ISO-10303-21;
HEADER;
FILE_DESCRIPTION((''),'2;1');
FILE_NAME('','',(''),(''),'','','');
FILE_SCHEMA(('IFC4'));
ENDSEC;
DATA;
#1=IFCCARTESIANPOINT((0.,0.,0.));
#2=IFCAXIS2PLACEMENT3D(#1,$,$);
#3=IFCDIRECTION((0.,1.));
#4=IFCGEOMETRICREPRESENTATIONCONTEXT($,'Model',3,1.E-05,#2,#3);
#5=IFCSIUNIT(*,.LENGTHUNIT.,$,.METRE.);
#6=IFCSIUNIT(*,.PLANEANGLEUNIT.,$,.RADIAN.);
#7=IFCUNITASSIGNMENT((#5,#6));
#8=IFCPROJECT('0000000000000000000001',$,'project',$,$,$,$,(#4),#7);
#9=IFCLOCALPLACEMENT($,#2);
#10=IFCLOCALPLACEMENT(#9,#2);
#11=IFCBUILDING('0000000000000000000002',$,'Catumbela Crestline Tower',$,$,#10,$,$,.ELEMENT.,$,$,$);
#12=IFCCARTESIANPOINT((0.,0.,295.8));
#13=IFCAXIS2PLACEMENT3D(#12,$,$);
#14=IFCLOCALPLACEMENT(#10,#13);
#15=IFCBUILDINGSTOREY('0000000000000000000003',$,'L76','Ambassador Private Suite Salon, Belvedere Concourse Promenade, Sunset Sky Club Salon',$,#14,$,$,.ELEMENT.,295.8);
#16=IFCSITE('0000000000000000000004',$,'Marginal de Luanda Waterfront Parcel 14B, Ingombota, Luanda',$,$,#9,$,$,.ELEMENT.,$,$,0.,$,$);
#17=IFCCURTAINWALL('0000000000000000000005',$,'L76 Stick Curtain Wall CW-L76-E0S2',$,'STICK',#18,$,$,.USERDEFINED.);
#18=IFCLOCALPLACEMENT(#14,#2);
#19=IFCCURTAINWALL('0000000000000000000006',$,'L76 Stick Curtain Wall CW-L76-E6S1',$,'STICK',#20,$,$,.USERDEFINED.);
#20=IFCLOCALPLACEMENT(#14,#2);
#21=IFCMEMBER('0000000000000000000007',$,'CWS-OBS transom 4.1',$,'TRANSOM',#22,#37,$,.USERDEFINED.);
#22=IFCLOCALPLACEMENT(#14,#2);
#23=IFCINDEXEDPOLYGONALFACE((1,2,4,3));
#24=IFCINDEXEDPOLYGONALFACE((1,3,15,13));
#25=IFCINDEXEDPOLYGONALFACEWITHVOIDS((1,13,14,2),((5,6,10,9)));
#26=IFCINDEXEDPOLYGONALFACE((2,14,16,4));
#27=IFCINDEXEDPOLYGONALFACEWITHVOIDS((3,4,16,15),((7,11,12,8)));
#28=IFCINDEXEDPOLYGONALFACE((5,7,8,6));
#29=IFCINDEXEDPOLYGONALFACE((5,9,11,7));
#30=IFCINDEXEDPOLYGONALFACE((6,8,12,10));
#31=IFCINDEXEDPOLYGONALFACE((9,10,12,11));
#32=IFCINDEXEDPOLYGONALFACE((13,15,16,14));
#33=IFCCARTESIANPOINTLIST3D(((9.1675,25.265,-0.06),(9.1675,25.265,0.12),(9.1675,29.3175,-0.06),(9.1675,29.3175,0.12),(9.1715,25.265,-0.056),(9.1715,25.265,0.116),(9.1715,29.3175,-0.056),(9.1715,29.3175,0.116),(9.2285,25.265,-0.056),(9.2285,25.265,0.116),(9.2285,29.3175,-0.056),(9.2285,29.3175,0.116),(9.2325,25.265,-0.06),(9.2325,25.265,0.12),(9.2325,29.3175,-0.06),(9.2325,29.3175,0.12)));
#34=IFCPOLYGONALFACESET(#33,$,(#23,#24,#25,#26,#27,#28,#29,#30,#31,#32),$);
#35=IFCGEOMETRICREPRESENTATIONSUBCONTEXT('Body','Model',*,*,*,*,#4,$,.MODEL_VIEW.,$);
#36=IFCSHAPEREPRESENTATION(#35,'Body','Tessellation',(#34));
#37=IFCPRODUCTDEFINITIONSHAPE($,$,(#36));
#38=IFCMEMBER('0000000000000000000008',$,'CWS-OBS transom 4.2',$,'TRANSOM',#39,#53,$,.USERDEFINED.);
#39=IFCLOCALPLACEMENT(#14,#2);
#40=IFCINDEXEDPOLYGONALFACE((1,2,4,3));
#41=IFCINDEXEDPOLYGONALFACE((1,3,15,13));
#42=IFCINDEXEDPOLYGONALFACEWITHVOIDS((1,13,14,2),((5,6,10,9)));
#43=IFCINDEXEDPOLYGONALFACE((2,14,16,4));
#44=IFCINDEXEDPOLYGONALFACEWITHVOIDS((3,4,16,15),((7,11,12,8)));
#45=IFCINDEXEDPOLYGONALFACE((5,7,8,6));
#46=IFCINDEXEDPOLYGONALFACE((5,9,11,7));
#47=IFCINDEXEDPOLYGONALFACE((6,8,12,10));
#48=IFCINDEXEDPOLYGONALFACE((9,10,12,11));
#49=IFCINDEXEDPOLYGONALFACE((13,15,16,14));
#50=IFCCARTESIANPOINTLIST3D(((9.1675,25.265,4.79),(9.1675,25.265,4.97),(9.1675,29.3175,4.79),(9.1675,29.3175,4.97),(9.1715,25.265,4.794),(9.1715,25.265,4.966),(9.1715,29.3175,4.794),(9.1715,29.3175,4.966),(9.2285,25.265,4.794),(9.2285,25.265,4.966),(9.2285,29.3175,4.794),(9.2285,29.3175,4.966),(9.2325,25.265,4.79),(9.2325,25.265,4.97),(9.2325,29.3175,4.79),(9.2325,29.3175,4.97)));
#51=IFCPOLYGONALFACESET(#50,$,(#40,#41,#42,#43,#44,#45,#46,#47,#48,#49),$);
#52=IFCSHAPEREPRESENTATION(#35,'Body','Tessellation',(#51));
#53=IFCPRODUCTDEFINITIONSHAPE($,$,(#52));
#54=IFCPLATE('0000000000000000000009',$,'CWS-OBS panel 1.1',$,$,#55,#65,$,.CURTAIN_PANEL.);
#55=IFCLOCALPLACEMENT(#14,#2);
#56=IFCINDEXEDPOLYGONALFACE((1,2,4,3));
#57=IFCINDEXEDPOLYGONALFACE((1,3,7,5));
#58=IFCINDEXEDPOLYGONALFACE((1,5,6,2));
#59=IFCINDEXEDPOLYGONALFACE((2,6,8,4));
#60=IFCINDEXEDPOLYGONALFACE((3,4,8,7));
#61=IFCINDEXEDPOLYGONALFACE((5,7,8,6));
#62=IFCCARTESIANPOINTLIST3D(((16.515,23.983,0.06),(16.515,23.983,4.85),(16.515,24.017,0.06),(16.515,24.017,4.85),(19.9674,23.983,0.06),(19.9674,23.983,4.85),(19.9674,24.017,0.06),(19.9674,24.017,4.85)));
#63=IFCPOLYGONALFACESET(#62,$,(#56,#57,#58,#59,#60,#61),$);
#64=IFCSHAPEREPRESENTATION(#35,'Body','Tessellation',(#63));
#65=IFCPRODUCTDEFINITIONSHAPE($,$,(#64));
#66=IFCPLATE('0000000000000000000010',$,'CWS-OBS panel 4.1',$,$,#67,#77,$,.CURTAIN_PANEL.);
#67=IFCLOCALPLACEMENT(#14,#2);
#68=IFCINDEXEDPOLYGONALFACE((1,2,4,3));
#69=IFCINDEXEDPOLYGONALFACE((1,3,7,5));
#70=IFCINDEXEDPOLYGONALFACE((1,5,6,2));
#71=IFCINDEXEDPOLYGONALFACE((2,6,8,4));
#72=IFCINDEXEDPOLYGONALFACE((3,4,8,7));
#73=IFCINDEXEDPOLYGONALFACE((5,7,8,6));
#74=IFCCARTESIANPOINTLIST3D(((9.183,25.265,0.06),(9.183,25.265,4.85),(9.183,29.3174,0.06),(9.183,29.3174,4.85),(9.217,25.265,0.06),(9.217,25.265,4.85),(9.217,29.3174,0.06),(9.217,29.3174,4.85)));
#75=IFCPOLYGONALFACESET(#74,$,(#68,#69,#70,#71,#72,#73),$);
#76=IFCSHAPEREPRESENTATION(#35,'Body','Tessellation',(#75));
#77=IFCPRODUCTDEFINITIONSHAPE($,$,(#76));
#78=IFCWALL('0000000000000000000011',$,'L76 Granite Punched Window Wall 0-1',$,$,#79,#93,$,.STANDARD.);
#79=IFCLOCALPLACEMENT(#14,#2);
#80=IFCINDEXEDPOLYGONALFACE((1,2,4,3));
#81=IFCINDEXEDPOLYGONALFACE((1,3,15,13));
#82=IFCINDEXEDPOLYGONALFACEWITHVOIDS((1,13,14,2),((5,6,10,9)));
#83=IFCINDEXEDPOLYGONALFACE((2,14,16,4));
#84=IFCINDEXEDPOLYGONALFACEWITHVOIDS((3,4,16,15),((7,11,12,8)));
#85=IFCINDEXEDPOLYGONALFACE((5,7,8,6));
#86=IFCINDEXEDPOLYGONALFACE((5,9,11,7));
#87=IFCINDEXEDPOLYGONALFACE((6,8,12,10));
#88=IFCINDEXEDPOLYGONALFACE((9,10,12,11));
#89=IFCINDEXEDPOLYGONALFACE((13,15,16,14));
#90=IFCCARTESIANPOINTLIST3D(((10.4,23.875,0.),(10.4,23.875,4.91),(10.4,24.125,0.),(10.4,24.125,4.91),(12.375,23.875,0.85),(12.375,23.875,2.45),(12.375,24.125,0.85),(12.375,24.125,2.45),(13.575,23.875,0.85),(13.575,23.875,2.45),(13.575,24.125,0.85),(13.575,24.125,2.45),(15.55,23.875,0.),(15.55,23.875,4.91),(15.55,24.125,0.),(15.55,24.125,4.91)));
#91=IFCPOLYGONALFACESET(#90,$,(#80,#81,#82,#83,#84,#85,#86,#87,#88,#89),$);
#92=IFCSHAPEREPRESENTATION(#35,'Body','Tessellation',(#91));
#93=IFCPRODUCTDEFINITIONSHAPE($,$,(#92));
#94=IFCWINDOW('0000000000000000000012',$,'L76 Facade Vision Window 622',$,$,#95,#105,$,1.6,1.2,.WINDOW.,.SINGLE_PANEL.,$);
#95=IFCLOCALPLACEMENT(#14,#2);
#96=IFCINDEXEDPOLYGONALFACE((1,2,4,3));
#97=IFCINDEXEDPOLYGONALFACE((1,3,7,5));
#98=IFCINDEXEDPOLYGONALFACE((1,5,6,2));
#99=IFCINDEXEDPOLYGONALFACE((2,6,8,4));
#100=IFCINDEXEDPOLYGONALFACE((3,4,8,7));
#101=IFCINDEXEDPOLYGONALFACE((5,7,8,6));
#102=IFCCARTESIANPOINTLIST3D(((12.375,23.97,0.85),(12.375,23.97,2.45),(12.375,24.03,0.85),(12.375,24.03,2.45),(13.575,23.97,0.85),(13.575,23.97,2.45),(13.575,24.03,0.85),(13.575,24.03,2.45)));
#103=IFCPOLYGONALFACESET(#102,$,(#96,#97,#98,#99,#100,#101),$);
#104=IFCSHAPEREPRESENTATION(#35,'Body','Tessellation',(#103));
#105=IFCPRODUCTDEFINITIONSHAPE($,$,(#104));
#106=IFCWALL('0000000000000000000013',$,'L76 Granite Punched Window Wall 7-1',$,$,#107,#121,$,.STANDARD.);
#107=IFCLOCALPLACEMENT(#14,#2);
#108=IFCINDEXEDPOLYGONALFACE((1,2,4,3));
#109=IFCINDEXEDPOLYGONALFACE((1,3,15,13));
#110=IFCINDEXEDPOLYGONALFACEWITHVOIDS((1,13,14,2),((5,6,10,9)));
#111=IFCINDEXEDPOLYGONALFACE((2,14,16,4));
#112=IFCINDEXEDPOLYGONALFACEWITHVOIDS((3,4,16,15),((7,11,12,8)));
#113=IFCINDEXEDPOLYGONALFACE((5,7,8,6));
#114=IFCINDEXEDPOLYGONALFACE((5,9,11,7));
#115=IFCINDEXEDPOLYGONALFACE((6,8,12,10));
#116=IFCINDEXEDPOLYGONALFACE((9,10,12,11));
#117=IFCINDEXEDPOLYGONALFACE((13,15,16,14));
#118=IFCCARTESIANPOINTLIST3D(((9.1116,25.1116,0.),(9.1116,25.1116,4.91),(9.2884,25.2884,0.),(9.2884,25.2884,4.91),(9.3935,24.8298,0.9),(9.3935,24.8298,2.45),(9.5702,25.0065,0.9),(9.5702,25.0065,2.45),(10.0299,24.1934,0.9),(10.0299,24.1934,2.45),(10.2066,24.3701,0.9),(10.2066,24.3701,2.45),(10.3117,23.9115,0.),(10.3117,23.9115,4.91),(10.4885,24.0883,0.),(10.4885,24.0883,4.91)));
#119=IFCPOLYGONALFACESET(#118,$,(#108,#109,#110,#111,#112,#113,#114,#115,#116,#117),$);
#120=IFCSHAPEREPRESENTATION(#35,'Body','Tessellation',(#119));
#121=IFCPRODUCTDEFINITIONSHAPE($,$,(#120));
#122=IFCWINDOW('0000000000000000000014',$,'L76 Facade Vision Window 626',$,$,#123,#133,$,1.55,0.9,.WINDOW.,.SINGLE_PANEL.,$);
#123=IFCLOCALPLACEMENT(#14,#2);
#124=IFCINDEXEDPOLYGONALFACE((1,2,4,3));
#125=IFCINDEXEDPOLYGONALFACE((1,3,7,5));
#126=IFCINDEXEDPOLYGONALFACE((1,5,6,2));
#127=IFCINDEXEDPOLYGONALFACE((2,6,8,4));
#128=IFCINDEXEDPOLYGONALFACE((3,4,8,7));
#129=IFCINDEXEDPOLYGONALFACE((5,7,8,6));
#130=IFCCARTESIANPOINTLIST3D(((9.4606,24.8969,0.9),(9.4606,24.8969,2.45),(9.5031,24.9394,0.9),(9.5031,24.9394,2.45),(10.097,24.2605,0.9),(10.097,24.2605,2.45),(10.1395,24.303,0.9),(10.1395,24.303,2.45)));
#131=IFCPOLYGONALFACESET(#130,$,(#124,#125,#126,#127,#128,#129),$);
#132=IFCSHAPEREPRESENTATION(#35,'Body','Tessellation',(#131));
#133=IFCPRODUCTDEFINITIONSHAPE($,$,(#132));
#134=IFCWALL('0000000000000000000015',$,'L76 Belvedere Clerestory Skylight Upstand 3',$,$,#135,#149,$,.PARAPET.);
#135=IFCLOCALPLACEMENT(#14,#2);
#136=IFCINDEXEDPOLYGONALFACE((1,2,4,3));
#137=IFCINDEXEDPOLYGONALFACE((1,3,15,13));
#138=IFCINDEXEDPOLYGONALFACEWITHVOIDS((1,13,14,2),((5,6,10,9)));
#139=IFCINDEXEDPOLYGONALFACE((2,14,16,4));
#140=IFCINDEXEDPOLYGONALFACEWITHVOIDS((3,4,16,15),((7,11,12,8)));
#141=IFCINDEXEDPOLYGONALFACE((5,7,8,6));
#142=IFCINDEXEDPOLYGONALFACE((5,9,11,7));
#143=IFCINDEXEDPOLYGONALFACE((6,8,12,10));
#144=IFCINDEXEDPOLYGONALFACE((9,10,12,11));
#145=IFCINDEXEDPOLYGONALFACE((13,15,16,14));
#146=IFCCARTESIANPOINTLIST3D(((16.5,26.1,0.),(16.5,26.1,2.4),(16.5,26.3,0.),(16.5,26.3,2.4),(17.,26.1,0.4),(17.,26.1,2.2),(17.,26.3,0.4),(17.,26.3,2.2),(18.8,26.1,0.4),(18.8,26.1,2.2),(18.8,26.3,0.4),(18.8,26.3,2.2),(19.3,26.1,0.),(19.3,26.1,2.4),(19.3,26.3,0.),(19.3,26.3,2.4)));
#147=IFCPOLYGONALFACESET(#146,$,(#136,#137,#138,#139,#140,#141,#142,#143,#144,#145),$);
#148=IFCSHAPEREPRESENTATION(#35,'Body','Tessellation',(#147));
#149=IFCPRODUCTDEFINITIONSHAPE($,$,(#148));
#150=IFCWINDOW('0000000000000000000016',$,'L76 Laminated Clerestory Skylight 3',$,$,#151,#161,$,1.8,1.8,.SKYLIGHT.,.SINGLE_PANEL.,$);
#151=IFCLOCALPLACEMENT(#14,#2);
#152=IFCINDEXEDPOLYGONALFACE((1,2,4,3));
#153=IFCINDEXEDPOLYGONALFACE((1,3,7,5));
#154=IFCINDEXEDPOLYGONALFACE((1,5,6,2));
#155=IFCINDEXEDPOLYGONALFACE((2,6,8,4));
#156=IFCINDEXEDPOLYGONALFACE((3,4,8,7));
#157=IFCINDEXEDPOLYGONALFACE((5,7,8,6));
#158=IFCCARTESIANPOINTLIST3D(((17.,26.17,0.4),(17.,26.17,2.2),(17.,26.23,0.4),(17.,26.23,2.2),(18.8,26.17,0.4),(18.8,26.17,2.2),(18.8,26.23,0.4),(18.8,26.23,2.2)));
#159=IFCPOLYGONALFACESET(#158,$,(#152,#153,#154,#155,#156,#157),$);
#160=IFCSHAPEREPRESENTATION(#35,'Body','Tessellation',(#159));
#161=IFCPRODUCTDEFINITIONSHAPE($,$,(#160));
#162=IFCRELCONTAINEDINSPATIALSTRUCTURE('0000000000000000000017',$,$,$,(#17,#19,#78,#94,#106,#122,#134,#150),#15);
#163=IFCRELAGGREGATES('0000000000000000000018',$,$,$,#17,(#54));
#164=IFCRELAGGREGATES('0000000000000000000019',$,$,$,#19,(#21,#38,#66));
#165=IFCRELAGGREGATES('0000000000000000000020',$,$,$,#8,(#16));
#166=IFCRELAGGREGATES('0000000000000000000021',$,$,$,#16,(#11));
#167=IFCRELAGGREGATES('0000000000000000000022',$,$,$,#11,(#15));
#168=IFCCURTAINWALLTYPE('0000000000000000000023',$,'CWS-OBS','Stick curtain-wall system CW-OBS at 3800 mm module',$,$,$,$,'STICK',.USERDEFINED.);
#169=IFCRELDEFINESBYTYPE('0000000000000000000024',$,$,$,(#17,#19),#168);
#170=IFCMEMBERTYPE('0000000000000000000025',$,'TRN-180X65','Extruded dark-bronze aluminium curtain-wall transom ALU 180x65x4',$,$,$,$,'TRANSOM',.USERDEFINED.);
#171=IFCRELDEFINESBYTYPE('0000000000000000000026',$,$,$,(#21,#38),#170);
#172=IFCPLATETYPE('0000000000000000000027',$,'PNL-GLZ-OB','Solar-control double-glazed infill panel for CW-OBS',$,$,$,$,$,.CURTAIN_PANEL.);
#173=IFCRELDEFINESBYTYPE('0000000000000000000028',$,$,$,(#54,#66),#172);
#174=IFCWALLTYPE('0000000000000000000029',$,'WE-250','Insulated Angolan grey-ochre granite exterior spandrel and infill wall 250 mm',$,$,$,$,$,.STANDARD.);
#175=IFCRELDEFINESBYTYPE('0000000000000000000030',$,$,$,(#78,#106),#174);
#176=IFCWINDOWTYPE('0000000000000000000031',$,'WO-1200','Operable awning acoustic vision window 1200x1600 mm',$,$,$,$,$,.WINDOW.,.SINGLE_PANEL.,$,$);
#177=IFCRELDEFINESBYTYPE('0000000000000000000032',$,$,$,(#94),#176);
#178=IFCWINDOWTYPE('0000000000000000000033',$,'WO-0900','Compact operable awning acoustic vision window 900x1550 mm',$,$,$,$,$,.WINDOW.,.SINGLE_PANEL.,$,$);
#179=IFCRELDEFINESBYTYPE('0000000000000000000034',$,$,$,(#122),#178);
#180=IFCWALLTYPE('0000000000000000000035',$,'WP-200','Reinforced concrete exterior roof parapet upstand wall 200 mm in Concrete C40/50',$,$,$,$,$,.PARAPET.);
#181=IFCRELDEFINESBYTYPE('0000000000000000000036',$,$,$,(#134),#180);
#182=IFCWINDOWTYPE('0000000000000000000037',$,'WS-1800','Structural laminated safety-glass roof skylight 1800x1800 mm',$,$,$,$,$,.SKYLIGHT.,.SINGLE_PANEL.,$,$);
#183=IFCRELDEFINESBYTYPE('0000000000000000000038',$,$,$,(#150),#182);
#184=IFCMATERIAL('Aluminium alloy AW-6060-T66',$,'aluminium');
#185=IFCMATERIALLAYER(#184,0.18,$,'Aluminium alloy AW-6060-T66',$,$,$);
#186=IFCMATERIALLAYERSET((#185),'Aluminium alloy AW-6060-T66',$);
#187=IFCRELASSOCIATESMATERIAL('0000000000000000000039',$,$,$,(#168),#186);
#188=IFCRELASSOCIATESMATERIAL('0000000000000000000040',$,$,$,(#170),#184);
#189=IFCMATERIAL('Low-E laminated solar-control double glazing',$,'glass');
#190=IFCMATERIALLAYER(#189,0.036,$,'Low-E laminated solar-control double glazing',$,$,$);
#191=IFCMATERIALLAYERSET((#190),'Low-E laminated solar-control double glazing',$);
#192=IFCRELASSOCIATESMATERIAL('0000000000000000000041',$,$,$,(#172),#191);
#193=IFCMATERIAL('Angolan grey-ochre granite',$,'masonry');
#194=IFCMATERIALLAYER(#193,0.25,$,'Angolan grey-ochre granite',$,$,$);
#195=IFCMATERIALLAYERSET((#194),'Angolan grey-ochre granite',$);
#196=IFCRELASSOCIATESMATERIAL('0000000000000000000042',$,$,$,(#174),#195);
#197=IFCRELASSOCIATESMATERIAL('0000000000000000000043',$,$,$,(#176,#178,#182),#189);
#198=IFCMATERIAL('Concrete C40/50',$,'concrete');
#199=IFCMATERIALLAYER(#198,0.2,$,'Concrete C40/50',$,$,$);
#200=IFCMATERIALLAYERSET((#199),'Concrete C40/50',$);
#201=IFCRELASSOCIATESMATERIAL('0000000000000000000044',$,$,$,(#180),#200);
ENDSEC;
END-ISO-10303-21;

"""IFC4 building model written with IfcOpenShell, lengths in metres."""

from ifc_helpers import new_model, si_unit, direction, frame, frame_2d, origin, origin_2d, place, context, subcontext, project, spatial, rectangle, hollow_rectangle, extrude, material, layer, layer_set, material_profile, profile_set, type_object, element, fill, aggregate, save


model = new_model("IFC4")

# Units and contexts
model_context = context("Model", 3, precision=1e-05, world=origin(), true_north=direction((0.0, 1.0)))
body_context = subcontext(model_context, "Body", "Model", "MODEL_VIEW")
ifc_project = project(units=[si_unit("LENGTHUNIT", "METRE"), si_unit("PLANEANGLEUNIT", "RADIAN")], contexts=[model_context])

# Site, building, storey
site_placement = place(None, origin())
site = spatial("IfcSite", under=ifc_project, at=site_placement, Name="Marginal de Luanda Waterfront Parcel 14B, Ingombota, Luanda", CompositionType="ELEMENT", RefElevation=0.0)
building_placement = place(site_placement, origin())
building = spatial("IfcBuilding", under=site, at=building_placement, Name="Catumbela Crestline Tower", CompositionType="ELEMENT")
storey_placement = place(building_placement, frame((0.0, 0.0, 295.8)))
storey = spatial("IfcBuildingStorey", under=building, at=storey_placement, Name="L76", Description="Ambassador Private Suite Salon, Belvedere Concourse Promenade, Sunset Sky Club Salon", CompositionType="ELEMENT", Elevation=295.8)

# Curtain walls
ifc_material_1 = material(Name="Aluminium alloy AW-6060-T66", Category="aluminium")
ifc_layer_1 = layer(ifc_material_1, 0.18, Name="Aluminium alloy AW-6060-T66")
ifc_layer_set_1 = layer_set([ifc_layer_1], Name="Aluminium alloy AW-6060-T66")
curtain_wall_type = type_object("IfcCurtainWallType", Name="CWS-OBS", Description="Stick curtain-wall system CW-OBS at 3800 mm module", ElementType="STICK", PredefinedType="USERDEFINED", material=ifc_layer_set_1)
curtain_wall_1_placement = place(storey_placement, origin())
curtain_wall_1 = element("IfcCurtainWall", 1, at=curtain_wall_1_placement, inside=storey, type_object=curtain_wall_type, Name="L76 Stick Curtain Wall CW-L76-E0S2", ObjectType="STICK", PredefinedType="USERDEFINED")
curtain_wall_2_placement = place(storey_placement, origin())
curtain_wall_2 = element("IfcCurtainWall", 2, at=curtain_wall_2_placement, inside=storey, type_object=curtain_wall_type, Name="L76 Stick Curtain Wall CW-L76-E6S1", ObjectType="STICK", PredefinedType="USERDEFINED")

# Members
ifc_material_profile_1 = material_profile(ifc_material_1, hollow_rectangle(XDim=0.065, YDim=0.18, WallThickness=0.004, at=origin_2d()), Name="ALU 180x65x4")
ifc_profile_set_1 = profile_set([ifc_material_profile_1], Name="Aluminium alloy AW-6060-T66")
member_type_1 = type_object("IfcMemberType", Name="TRN-180X65", Description="Extruded dark-bronze aluminium curtain-wall transom ALU 180x65x4", ElementType="TRANSOM", PredefinedType="USERDEFINED", material=ifc_profile_set_1)
member_1_placement = place(storey_placement, frame((9.2, 29.3175, 0.03), z_axis=(0.0, -1.0, 0.0), x_axis=(1.0, 0.0, 0.0)))
member_1 = element("IfcMember", 3, at=member_1_placement, type_object=member_type_1, Name="CWS-OBS transom 4.1", ObjectType="TRANSOM", PredefinedType="USERDEFINED", context=body_context, shape_type="SweptSolid", body=[
    extrude(hollow_rectangle(XDim=0.065, YDim=0.18, WallThickness=0.004, at=origin_2d()), origin(), (0.0, 0.0, 1.0), 4.0525),
])
member_2_placement = place(storey_placement, frame((9.2, 29.3175, 4.88), z_axis=(0.0, -1.0, 0.0), x_axis=(1.0, 0.0, 0.0)))
member_2 = element("IfcMember", 4, at=member_2_placement, type_object=member_type_1, Name="CWS-OBS transom 4.2", ObjectType="TRANSOM", PredefinedType="USERDEFINED", context=body_context, shape_type="SweptSolid", body=[
    extrude(hollow_rectangle(XDim=0.065, YDim=0.18, WallThickness=0.004, at=origin_2d()), origin(), (0.0, 0.0, 1.0), 4.0525),
])

# Plates
ifc_material_2 = material(Name="Low-E laminated solar-control double glazing", Category="glass")
ifc_layer_2 = layer(ifc_material_2, 0.036, Name="Low-E laminated solar-control double glazing")
ifc_layer_set_2 = layer_set([ifc_layer_2], Name="Low-E laminated solar-control double glazing")
plate_type = type_object("IfcPlateType", Name="PNL-GLZ-OB", Description="Solar-control double-glazed infill panel for CW-OBS", PredefinedType="CURTAIN_PANEL", material=ifc_layer_set_2)
plate_1_placement = place(storey_placement, frame((18.2412, 24.0, 0.06), z_axis=(0.0, 0.0, 1.0), x_axis=(1.0, 0.0, 0.0)))
plate_1 = element("IfcPlate", 5, at=plate_1_placement, type_object=plate_type, Name="CWS-OBS panel 1.1", PredefinedType="CURTAIN_PANEL", context=body_context, shape_type="SweptSolid", body=[
    extrude(rectangle(XDim=3.4525, YDim=0.034, at=origin_2d()), origin(), (0.0, 0.0, 1.0), 4.79),
])
aggregate(curtain_wall_1, [plate_1])
plate_2_placement = place(storey_placement, frame((9.2, 27.2912, 0.06), z_axis=(0.0, 0.0, 1.0), x_axis=(0.0, -1.0, 0.0)))
plate_2 = element("IfcPlate", 6, at=plate_2_placement, type_object=plate_type, Name="CWS-OBS panel 4.1", PredefinedType="CURTAIN_PANEL", context=body_context, shape_type="SweptSolid", body=[
    extrude(rectangle(XDim=4.0525, YDim=0.034, at=origin_2d()), origin(), (0.0, 0.0, 1.0), 4.79),
])
aggregate(curtain_wall_2, [member_1, member_2, plate_2])

# Walls, openings, windows
ifc_material_3 = material(Name="Angolan grey-ochre granite", Category="masonry")
ifc_layer_3 = layer(ifc_material_3, 0.25, Name="Angolan grey-ochre granite")
ifc_layer_set_3 = layer_set([ifc_layer_3], Name="Angolan grey-ochre granite")
wall_type_1 = type_object("IfcWallType", Name="WE-250", Description="Insulated Angolan grey-ochre granite exterior spandrel and infill wall 250 mm", PredefinedType="STANDARD", material=ifc_layer_set_3)
wall_1_placement = place(storey_placement, frame((10.4, 24.0, 0.0), z_axis=(0.0, 0.0, 1.0), x_axis=(1.0, 0.0, 0.0)))
wall_1 = element("IfcWall", 7, at=wall_1_placement, inside=storey, type_object=wall_type_1, Name="L76 Granite Punched Window Wall 0-1", PredefinedType="STANDARD", context=body_context, shape_type="SweptSolid", body=[
    extrude(rectangle(XDim=5.15, YDim=0.25, at=frame_2d((2.575, 0.0))), origin(), (0.0, 0.0, 1.0), 4.91),
])
opening_1_placement = place(wall_1_placement, frame((1.975, 0.0, 0.85)))
opening_1 = element("IfcOpeningElement", 8, at=opening_1_placement, cuts=wall_1, PredefinedType="OPENING", context=body_context, shape_type="SweptSolid", body=[
    extrude(rectangle(XDim=1.2, YDim=1.6, at=frame_2d((0.6, 0.8))), frame((0.0, 0.135, 0.0), z_axis=(0.0, -1.0, 0.0), x_axis=(1.0, 0.0, 0.0)), (0.0, 0.0, 1.0), 0.27),
])
window_type_1 = type_object("IfcWindowType", Name="WO-1200", Description="Operable awning acoustic vision window 1200x1600 mm", PartitioningType="SINGLE_PANEL", PredefinedType="WINDOW", material=ifc_material_2)
window_1_placement = place(opening_1_placement, origin())
window_1 = element("IfcWindow", 9, at=window_1_placement, inside=storey, type_object=window_type_1, Name="L76 Facade Vision Window 622", OverallHeight=1.6, OverallWidth=1.2, PartitioningType="SINGLE_PANEL", PredefinedType="WINDOW", context=body_context, shape_type="SweptSolid", body=[
    extrude(rectangle(XDim=1.2, YDim=1.6, at=frame_2d((0.6, 0.8))), frame((0.0, 0.03, 0.0), z_axis=(0.0, -1.0, 0.0), x_axis=(1.0, 0.0, 0.0)), (0.0, 0.0, 1.0), 0.06),
])
fill(opening_1, window_1)
wall_2_placement = place(storey_placement, frame((9.2, 25.2, 0.0), z_axis=(0.0, 0.0, 1.0), x_axis=(0.707107, -0.707107, 0.0)))
wall_2 = element("IfcWall", 10, at=wall_2_placement, inside=storey, type_object=wall_type_1, Name="L76 Granite Punched Window Wall 7-1", PredefinedType="STANDARD", context=body_context, shape_type="SweptSolid", body=[
    extrude(rectangle(XDim=1.6971, YDim=0.25, at=frame_2d((0.8486, 0.0))), origin(), (0.0, 0.0, 1.0), 4.91),
])
opening_2_placement = place(wall_2_placement, frame((0.3986, 0.0, 0.9)))
opening_2 = element("IfcOpeningElement", 11, at=opening_2_placement, cuts=wall_2, PredefinedType="OPENING", context=body_context, shape_type="SweptSolid", body=[
    extrude(rectangle(XDim=0.9, YDim=1.55, at=frame_2d((0.45, 0.775))), frame((0.0, 0.135, 0.0), z_axis=(0.0, -1.0, 0.0), x_axis=(1.0, 0.0, 0.0)), (0.0, 0.0, 1.0), 0.27),
])
window_type_2 = type_object("IfcWindowType", Name="WO-0900", Description="Compact operable awning acoustic vision window 900x1550 mm", PartitioningType="SINGLE_PANEL", PredefinedType="WINDOW", material=ifc_material_2)
window_2_placement = place(opening_2_placement, origin())
window_2 = element("IfcWindow", 12, at=window_2_placement, inside=storey, type_object=window_type_2, Name="L76 Facade Vision Window 626", OverallHeight=1.55, OverallWidth=0.9, PartitioningType="SINGLE_PANEL", PredefinedType="WINDOW", context=body_context, shape_type="SweptSolid", body=[
    extrude(rectangle(XDim=0.9, YDim=1.55, at=frame_2d((0.45, 0.775))), frame((0.0, 0.03, 0.0), z_axis=(0.0, -1.0, 0.0), x_axis=(1.0, 0.0, 0.0)), (0.0, 0.0, 1.0), 0.06),
])
fill(opening_2, window_2)
ifc_material_4 = material(Name="Concrete C40/50", Category="concrete")
ifc_layer_4 = layer(ifc_material_4, 0.2, Name="Concrete C40/50")
ifc_layer_set_4 = layer_set([ifc_layer_4], Name="Concrete C40/50")
wall_type_2 = type_object("IfcWallType", Name="WP-200", Description="Reinforced concrete exterior roof parapet upstand wall 200 mm in Concrete C40/50", PredefinedType="PARAPET", material=ifc_layer_set_4)
wall_3_placement = place(storey_placement, frame((16.5, 26.2, 0.0), z_axis=(0.0, 0.0, 1.0), x_axis=(1.0, 0.0, 0.0)))
wall_3 = element("IfcWall", 13, at=wall_3_placement, inside=storey, type_object=wall_type_2, Name="L76 Belvedere Clerestory Skylight Upstand 3", PredefinedType="PARAPET", context=body_context, shape_type="SweptSolid", body=[
    extrude(rectangle(XDim=2.8, YDim=0.2, at=frame_2d((1.4, 0.0))), origin(), (0.0, 0.0, 1.0), 2.4),
])
opening_3_placement = place(wall_3_placement, frame((0.5, 0.0, 0.4)))
opening_3 = element("IfcOpeningElement", 14, at=opening_3_placement, cuts=wall_3, PredefinedType="OPENING", context=body_context, shape_type="SweptSolid", body=[
    extrude(rectangle(XDim=1.8, YDim=1.8, at=frame_2d((0.9, 0.9))), frame((0.0, 0.11, 0.0), z_axis=(0.0, -1.0, 0.0), x_axis=(1.0, 0.0, 0.0)), (0.0, 0.0, 1.0), 0.22),
])
window_type_3 = type_object("IfcWindowType", Name="WS-1800", Description="Structural laminated safety-glass roof skylight 1800x1800 mm", PartitioningType="SINGLE_PANEL", PredefinedType="SKYLIGHT", material=ifc_material_2)
window_3_placement = place(opening_3_placement, origin())
window_3 = element("IfcWindow", 15, at=window_3_placement, inside=storey, type_object=window_type_3, Name="L76 Laminated Clerestory Skylight 3", OverallHeight=1.8, OverallWidth=1.8, PartitioningType="SINGLE_PANEL", PredefinedType="SKYLIGHT", context=body_context, shape_type="SweptSolid", body=[
    extrude(rectangle(XDim=1.8, YDim=1.8, at=frame_2d((0.9, 0.9))), frame((0.0, 0.03, 0.0), z_axis=(0.0, -1.0, 0.0), x_axis=(1.0, 0.0, 0.0)), (0.0, 0.0, 1.0), 0.06),
])
fill(opening_3, window_3)

save(model, "model.ifc")
